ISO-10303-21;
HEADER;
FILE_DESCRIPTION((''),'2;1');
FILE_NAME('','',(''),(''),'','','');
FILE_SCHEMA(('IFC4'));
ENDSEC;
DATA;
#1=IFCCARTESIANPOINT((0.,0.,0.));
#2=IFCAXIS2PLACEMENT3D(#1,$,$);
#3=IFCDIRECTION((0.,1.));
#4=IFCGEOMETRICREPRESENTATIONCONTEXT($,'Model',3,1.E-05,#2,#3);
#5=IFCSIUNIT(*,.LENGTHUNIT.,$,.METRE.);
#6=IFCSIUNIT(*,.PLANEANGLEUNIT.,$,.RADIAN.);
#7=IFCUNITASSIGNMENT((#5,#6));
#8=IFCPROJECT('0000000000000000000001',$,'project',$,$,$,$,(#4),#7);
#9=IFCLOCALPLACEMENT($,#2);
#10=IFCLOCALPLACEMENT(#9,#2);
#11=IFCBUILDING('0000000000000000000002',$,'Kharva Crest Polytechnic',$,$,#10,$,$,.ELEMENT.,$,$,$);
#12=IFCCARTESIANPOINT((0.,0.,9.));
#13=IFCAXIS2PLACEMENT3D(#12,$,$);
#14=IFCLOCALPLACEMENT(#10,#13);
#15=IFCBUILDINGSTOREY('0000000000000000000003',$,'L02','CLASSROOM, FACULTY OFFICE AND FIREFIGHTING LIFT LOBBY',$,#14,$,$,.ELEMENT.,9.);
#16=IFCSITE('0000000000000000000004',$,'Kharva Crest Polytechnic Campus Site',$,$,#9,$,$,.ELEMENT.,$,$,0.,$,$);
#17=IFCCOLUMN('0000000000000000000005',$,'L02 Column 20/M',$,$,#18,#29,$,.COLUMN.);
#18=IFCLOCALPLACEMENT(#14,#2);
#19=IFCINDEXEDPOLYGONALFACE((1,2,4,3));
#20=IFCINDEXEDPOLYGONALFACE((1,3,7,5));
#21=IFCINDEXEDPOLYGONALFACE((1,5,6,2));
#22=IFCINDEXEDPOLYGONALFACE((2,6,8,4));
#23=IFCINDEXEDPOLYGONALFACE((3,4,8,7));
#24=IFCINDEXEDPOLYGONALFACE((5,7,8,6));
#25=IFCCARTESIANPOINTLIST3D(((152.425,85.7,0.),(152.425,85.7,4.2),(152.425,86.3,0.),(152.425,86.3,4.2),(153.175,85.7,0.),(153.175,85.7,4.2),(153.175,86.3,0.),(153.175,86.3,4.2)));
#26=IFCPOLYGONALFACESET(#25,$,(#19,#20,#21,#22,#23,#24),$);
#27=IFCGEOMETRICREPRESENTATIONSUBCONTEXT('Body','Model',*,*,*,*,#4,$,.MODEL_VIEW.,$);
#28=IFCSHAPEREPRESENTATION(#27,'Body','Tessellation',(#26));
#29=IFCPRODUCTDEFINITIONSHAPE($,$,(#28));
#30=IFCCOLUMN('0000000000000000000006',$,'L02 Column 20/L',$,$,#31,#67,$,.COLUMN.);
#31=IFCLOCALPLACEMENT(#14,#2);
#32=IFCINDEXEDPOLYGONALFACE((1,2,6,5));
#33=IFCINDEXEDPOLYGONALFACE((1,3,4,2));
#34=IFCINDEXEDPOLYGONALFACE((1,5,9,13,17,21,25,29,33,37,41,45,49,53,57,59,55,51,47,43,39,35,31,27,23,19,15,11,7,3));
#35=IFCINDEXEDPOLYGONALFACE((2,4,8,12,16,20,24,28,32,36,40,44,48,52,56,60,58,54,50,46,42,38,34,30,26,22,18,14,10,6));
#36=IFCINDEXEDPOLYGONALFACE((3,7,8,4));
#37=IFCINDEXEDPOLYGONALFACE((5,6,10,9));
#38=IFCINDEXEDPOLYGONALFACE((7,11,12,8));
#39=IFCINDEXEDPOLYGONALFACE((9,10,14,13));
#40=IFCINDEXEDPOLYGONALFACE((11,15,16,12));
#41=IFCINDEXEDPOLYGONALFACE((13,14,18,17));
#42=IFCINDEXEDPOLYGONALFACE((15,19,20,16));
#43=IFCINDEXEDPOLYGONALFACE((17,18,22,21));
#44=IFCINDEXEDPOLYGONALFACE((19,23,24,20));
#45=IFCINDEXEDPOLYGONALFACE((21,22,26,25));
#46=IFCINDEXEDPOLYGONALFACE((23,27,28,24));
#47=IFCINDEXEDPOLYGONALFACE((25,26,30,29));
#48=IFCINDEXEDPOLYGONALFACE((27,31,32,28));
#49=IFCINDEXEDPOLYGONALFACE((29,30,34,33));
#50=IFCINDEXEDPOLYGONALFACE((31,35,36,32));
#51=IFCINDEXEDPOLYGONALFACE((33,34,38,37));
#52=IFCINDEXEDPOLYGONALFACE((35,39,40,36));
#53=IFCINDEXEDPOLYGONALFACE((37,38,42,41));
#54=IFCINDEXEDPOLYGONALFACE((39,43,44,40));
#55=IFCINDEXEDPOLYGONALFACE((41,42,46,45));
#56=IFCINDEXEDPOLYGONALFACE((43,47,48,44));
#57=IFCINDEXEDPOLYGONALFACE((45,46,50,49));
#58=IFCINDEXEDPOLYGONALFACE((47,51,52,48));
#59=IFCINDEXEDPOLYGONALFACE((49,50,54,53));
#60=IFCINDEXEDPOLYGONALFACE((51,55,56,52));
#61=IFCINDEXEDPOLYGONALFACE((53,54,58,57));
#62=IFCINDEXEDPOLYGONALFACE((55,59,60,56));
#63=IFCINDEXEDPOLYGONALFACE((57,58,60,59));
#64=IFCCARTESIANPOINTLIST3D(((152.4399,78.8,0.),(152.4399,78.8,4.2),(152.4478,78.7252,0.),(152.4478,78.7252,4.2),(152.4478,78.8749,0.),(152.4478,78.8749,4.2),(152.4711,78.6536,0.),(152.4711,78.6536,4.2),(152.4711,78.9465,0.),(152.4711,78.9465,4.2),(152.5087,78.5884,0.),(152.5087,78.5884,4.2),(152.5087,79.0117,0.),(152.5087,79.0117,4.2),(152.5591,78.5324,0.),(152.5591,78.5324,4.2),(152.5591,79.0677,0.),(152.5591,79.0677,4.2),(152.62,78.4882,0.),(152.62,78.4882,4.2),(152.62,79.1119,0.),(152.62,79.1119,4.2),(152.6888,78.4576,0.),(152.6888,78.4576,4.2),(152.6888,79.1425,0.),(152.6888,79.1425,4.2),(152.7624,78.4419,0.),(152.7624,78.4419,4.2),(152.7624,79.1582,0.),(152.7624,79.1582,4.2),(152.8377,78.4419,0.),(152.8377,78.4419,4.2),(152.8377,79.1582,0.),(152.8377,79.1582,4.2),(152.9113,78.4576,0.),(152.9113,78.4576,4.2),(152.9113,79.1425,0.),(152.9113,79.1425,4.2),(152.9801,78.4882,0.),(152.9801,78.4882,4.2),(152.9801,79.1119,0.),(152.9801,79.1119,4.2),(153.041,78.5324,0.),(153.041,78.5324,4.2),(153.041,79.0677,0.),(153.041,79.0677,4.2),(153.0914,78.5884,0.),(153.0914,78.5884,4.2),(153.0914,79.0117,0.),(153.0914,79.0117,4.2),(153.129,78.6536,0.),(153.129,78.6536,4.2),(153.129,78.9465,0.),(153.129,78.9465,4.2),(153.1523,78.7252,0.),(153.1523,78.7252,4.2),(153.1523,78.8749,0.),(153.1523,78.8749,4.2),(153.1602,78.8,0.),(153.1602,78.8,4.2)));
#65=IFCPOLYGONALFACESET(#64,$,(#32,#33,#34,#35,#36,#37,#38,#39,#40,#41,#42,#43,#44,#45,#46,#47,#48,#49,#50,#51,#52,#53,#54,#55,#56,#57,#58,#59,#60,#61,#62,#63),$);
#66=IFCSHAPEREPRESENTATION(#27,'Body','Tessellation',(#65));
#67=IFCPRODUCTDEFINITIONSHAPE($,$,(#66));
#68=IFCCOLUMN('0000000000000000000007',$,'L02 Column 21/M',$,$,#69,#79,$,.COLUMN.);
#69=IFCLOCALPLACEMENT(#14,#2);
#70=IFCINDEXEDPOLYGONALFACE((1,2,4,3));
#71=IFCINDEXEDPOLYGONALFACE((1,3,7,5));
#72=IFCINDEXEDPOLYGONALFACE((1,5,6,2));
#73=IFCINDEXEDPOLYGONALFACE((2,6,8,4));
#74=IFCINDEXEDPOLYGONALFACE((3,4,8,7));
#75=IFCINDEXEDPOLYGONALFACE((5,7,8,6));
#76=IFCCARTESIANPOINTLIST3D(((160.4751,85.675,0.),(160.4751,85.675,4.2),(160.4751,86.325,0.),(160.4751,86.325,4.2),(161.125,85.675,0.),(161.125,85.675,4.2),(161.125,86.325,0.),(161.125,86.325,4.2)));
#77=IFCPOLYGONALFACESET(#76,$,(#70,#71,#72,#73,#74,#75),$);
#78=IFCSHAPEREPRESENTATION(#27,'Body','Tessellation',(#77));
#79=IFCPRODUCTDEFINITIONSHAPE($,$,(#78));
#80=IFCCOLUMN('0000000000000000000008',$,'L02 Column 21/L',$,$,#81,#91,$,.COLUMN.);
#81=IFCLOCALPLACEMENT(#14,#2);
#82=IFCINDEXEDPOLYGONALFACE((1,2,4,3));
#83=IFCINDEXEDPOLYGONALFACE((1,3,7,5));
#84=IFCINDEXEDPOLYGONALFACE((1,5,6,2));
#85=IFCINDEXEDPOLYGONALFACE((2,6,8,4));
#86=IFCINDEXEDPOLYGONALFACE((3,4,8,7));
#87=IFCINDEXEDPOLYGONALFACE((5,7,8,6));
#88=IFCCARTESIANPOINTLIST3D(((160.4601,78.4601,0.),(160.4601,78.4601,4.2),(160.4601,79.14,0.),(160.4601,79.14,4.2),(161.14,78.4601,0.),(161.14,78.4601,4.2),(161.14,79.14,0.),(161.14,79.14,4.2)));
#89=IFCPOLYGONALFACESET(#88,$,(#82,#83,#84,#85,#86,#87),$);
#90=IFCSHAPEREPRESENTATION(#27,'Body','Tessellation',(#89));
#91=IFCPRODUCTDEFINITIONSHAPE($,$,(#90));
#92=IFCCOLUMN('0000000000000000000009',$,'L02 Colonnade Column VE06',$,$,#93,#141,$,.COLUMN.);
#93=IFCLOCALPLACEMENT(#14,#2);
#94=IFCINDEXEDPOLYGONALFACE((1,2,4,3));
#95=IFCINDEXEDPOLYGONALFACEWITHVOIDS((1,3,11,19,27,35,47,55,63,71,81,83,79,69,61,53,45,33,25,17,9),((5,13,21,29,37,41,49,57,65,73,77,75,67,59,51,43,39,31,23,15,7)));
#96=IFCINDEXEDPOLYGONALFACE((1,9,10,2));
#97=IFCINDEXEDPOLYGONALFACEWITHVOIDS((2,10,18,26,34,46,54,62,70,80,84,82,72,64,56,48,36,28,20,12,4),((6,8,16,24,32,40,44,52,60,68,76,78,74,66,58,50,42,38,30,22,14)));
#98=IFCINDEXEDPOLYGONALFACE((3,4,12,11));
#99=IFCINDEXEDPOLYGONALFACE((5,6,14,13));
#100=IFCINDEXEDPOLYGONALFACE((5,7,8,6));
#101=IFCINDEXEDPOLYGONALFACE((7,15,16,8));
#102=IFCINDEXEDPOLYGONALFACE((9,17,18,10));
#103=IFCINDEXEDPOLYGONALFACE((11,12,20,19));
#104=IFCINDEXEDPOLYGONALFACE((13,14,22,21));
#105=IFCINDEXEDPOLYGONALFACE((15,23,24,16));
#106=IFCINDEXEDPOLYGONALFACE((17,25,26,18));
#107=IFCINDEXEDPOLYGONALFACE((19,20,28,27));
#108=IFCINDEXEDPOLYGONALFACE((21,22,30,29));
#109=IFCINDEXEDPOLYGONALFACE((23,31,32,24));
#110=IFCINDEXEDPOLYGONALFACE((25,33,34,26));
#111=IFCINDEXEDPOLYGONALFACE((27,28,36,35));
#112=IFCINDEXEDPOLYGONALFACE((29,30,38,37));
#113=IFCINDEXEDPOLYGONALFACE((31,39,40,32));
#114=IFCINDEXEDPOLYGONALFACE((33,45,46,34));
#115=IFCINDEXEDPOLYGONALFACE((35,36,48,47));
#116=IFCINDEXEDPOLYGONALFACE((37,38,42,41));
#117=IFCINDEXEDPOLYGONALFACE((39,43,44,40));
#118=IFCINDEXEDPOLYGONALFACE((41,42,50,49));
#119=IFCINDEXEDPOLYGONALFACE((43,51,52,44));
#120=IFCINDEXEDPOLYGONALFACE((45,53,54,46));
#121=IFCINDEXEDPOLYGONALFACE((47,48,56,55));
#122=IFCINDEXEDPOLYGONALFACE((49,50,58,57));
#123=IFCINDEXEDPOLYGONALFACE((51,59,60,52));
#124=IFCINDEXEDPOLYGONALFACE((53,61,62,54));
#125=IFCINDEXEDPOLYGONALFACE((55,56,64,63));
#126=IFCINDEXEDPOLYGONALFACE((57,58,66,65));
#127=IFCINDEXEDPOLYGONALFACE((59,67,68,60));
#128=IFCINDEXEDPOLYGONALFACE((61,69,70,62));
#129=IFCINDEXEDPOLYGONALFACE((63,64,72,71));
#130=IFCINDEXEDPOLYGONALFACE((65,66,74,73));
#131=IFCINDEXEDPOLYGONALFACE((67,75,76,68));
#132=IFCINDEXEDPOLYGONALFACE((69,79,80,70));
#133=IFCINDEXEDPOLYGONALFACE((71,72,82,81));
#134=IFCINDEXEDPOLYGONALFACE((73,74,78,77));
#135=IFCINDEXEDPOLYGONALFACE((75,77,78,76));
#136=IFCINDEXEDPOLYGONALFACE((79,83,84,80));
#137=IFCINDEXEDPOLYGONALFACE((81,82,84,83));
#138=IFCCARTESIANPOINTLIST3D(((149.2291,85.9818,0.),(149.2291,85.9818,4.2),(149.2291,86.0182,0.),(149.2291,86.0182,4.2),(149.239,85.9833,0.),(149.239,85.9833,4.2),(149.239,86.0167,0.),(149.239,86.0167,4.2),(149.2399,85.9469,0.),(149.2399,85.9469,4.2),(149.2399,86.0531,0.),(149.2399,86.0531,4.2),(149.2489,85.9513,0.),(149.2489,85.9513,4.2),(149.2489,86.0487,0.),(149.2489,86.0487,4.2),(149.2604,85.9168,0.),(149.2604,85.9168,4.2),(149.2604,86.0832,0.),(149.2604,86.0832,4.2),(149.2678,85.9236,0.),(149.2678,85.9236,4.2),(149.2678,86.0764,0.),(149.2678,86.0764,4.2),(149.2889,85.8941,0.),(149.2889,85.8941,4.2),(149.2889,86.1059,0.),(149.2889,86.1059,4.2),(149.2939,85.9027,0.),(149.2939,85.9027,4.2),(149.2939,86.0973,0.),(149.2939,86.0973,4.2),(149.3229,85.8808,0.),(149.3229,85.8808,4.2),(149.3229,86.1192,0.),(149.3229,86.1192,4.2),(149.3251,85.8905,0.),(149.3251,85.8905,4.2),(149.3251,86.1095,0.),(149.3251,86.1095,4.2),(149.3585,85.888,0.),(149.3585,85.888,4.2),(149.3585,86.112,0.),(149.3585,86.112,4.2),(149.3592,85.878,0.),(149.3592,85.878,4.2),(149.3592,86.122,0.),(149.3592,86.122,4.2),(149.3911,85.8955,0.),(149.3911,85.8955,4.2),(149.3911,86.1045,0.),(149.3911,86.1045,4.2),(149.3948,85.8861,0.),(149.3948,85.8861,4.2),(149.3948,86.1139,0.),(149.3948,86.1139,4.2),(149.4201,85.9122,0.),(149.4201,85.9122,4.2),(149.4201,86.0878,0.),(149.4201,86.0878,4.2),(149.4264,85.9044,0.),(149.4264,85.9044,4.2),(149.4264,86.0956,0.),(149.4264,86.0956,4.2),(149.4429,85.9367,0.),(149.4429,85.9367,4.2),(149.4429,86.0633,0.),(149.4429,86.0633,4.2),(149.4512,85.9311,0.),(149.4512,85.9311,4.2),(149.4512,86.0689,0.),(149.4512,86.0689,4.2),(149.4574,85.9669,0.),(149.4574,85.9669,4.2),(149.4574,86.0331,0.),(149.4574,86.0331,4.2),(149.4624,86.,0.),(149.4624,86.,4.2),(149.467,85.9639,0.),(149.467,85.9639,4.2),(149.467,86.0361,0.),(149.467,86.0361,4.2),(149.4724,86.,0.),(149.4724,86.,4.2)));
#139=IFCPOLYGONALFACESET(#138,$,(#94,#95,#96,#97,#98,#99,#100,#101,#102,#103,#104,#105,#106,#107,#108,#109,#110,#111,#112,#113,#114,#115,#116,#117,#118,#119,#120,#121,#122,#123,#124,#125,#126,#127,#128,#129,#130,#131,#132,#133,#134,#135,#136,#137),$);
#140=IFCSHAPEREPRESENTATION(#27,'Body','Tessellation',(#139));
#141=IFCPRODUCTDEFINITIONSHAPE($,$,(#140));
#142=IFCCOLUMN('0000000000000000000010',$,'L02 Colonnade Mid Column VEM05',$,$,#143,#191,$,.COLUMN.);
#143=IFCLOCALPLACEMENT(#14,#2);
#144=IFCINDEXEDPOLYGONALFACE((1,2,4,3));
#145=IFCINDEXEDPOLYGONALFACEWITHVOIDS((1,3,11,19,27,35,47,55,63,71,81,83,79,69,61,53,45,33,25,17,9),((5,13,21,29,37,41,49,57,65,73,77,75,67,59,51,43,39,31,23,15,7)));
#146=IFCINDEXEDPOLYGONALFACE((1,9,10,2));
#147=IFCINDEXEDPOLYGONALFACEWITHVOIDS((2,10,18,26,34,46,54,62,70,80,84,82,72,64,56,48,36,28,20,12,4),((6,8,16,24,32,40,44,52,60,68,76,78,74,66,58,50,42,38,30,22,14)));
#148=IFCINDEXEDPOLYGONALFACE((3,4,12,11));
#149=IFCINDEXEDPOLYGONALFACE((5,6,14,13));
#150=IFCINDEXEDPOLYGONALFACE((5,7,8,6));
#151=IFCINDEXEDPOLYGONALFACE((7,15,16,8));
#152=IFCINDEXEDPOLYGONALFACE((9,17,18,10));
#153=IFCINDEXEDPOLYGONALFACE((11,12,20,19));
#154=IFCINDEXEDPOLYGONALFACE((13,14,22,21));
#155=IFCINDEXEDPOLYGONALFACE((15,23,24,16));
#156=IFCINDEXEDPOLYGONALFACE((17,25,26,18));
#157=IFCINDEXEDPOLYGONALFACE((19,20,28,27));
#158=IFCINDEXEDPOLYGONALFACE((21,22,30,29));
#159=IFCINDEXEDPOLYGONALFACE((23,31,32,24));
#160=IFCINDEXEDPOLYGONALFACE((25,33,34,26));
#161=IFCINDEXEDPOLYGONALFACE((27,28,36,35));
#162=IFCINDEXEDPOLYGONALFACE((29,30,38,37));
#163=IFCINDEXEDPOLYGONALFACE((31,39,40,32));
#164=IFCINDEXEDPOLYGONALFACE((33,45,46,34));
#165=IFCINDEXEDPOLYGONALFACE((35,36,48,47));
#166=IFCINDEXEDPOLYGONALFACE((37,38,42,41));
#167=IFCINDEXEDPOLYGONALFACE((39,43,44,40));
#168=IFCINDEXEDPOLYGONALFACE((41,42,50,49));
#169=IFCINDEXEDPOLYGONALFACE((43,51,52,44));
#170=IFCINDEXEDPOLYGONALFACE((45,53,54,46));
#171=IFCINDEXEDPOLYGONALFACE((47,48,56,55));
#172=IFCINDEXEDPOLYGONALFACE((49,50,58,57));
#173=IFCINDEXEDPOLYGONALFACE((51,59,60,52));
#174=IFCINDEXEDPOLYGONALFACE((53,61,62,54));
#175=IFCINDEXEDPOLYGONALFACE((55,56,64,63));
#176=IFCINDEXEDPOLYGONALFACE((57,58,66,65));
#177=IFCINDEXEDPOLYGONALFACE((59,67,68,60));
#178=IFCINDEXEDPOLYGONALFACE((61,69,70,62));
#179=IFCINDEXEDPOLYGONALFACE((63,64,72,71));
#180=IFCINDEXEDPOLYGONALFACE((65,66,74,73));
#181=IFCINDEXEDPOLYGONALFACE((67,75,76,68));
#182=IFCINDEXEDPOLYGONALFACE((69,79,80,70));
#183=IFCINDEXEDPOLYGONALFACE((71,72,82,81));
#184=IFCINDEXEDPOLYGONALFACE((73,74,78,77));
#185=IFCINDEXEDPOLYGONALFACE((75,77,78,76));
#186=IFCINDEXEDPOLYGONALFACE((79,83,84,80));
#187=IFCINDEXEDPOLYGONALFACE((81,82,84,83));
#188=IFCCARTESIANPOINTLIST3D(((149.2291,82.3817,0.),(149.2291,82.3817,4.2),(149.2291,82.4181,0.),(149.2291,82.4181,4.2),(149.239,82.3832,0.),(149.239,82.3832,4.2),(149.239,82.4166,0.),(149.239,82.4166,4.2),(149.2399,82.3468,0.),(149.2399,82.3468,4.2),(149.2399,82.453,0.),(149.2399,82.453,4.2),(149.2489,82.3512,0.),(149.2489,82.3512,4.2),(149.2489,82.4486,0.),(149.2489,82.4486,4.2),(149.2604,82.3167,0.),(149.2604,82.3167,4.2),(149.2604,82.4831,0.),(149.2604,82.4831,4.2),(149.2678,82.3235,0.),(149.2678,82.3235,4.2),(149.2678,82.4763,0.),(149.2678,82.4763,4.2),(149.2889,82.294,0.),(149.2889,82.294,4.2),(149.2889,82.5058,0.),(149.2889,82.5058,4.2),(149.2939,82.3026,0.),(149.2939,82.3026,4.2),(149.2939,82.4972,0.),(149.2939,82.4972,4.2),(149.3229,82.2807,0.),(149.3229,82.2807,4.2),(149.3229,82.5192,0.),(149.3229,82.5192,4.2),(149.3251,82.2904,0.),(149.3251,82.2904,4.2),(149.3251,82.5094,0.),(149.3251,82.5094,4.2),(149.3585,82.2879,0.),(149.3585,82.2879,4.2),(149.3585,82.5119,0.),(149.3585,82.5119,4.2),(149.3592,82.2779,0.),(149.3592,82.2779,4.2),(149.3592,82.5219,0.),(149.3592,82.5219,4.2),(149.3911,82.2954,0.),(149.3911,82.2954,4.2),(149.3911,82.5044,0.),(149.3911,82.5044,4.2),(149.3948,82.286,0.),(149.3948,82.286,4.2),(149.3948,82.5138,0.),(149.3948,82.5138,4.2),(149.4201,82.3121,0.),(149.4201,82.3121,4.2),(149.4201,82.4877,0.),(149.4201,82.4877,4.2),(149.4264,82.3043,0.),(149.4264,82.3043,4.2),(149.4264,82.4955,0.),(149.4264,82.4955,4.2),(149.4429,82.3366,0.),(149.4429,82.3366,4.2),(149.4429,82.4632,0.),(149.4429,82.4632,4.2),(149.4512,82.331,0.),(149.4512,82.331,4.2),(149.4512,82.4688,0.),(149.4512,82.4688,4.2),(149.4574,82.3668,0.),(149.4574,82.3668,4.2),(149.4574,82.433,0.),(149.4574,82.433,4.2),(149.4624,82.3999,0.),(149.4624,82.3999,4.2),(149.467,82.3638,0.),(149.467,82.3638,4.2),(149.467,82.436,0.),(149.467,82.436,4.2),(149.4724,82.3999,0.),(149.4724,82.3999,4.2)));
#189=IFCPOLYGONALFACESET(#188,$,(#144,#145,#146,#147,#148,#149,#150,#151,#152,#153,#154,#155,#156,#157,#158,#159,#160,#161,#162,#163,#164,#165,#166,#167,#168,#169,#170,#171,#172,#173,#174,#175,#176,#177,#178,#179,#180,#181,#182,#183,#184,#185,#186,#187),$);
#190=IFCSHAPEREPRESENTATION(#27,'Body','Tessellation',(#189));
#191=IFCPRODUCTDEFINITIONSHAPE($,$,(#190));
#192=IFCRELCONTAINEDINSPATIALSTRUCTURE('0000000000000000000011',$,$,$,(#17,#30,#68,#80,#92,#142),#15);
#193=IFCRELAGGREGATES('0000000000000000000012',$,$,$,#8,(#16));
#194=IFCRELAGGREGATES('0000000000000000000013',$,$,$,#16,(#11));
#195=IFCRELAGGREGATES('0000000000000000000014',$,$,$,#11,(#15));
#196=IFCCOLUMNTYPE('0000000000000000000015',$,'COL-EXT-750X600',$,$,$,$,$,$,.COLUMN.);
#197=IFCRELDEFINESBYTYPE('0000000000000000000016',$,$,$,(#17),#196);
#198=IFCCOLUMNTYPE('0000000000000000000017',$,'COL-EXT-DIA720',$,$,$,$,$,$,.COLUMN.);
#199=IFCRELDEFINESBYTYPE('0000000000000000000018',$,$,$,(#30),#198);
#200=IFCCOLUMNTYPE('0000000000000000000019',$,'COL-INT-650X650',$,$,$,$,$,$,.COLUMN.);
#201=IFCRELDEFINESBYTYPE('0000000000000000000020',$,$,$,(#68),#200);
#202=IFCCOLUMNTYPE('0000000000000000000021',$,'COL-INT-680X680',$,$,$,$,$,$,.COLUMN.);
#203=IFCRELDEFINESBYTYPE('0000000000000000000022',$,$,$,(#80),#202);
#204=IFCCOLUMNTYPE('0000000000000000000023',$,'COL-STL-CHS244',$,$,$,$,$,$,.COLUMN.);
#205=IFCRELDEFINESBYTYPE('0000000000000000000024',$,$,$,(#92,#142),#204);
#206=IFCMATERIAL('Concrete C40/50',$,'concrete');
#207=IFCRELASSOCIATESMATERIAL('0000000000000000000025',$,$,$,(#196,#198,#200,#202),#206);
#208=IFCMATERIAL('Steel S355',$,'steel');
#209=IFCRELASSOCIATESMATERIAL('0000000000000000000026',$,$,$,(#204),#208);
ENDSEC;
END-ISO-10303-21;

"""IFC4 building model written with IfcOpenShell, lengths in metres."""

from ifc_helpers import new_model, si_unit, direction, frame, origin, origin_2d, place, context, subcontext, project, spatial, rectangle, circle, hollow_circle, extrude, material, material_profile, profile_set, type_object, element, save


model = new_model("IFC4")

# Units and contexts
model_context = context("Model", 3, precision=1e-05, world=origin(), true_north=direction((0.0, 1.0)))
body_context = subcontext(model_context, "Body", "Model", "MODEL_VIEW")
ifc_project = project(units=[si_unit("LENGTHUNIT", "METRE"), si_unit("PLANEANGLEUNIT", "RADIAN")], contexts=[model_context])

# Site, building, storey
site_placement = place(None, origin())
site = spatial("IfcSite", under=ifc_project, at=site_placement, Name="Kharva Crest Polytechnic Campus Site", CompositionType="ELEMENT", RefElevation=0.0)
building_placement = place(site_placement, origin())
building = spatial("IfcBuilding", under=site, at=building_placement, Name="Kharva Crest Polytechnic", CompositionType="ELEMENT")
storey_placement = place(building_placement, frame((0.0, 0.0, 9.0)))
storey = spatial("IfcBuildingStorey", under=building, at=storey_placement, Name="L02", Description="CLASSROOM, FACULTY OFFICE AND FIREFIGHTING LIFT LOBBY", CompositionType="ELEMENT", Elevation=9.0)

# Columns
ifc_material_1 = material(Name="Concrete C40/50", Category="concrete")
ifc_material_profile_1 = material_profile(ifc_material_1, rectangle(XDim=0.75, YDim=0.6001, at=origin_2d()), Name="RECT 750 X 600")
ifc_profile_set_1 = profile_set([ifc_material_profile_1], Name="Concrete C40/50")
column_type_1 = type_object("IfcColumnType", Name="COL-EXT-750X600", PredefinedType="COLUMN", material=ifc_profile_set_1)
column_1_placement = place(storey_placement, frame((152.8, 86.0, 0.0), z_axis=(0.0, 0.0, 1.0), x_axis=(1.0, 0.0, 0.0)))
element("IfcColumn", 1, at=column_1_placement, inside=storey, type_object=column_type_1, Name="L02 Column 20/M", PredefinedType="COLUMN", context=body_context, shape_type="SweptSolid", body=[
    extrude(rectangle(XDim=0.75, YDim=0.6001, at=origin_2d()), origin(), (0.0, 0.0, 1.0), 4.2),
])
ifc_material_profile_2 = material_profile(ifc_material_1, circle(Radius=0.3601, at=origin_2d()), Name="DIA 720")
ifc_profile_set_2 = profile_set([ifc_material_profile_2], Name="Concrete C40/50")
column_type_2 = type_object("IfcColumnType", Name="COL-EXT-DIA720", PredefinedType="COLUMN", material=ifc_profile_set_2)
column_2_placement = place(storey_placement, frame((152.8, 78.8, 0.0), z_axis=(0.0, 0.0, 1.0), x_axis=(1.0, 0.0, 0.0)))
element("IfcColumn", 2, at=column_2_placement, inside=storey, type_object=column_type_2, Name="L02 Column 20/L", PredefinedType="COLUMN", context=body_context, shape_type="SweptSolid", body=[
    extrude(circle(Radius=0.3601, at=origin_2d()), origin(), (0.0, 0.0, 1.0), 4.2),
])
ifc_material_profile_3 = material_profile(ifc_material_1, rectangle(XDim=0.6499, YDim=0.6499, at=origin_2d()), Name="RECT 650 X 650")
ifc_profile_set_3 = profile_set([ifc_material_profile_3], Name="Concrete C40/50")
column_type_3 = type_object("IfcColumnType", Name="COL-INT-650X650", PredefinedType="COLUMN", material=ifc_profile_set_3)
column_3_placement = place(storey_placement, frame((160.8, 86.0, 0.0), z_axis=(0.0, 0.0, 1.0), x_axis=(1.0, 0.0, 0.0)))
element("IfcColumn", 3, at=column_3_placement, inside=storey, type_object=column_type_3, Name="L02 Column 21/M", PredefinedType="COLUMN", context=body_context, shape_type="SweptSolid", body=[
    extrude(rectangle(XDim=0.6499, YDim=0.6499, at=origin_2d()), origin(), (0.0, 0.0, 1.0), 4.2),
])
ifc_material_profile_4 = material_profile(ifc_material_1, rectangle(XDim=0.6799, YDim=0.6799, at=origin_2d()), Name="RECT 680 X 680")
ifc_profile_set_4 = profile_set([ifc_material_profile_4], Name="Concrete C40/50")
column_type_4 = type_object("IfcColumnType", Name="COL-INT-680X680", PredefinedType="COLUMN", material=ifc_profile_set_4)
column_4_placement = place(storey_placement, frame((160.8, 78.8, 0.0), z_axis=(0.0, 0.0, 1.0), x_axis=(1.0, 0.0, 0.0)))
element("IfcColumn", 4, at=column_4_placement, inside=storey, type_object=column_type_4, Name="L02 Column 21/L", PredefinedType="COLUMN", context=body_context, shape_type="SweptSolid", body=[
    extrude(rectangle(XDim=0.6799, YDim=0.6799, at=origin_2d()), origin(), (0.0, 0.0, 1.0), 4.2),
])
ifc_material_2 = material(Name="Steel S355", Category="steel")
ifc_material_profile_5 = material_profile(ifc_material_2, hollow_circle(Radius=0.1223, WallThickness=0.01, at=origin_2d()), Name="CHS 244.5X10.0")
ifc_profile_set_5 = profile_set([ifc_material_profile_5], Name="Steel S355")
column_type_5 = type_object("IfcColumnType", Name="COL-STL-CHS244", PredefinedType="COLUMN", material=ifc_profile_set_5)
for number, where, z_axis, x_axis, name in (
    (5, (149.3501, 86.0, 0.0), (0.0, 0.0, 1.0), (1.0, 0.0, 0.0), "L02 Colonnade Column VE06"),
    (6, (149.3501, 82.3999, 0.0), (0.0, 0.0, 1.0), (1.0, 0.0, 0.0), "L02 Colonnade Mid Column VEM05"),
):
    element("IfcColumn", number, at=place(storey_placement, frame(where, z_axis=z_axis, x_axis=x_axis)), inside=storey, type_object=column_type_5, Name=name, PredefinedType="COLUMN", context=body_context, shape_type="SweptSolid", body=[
        extrude(hollow_circle(Radius=0.1223, WallThickness=0.01, at=origin_2d()), origin(), (0.0, 0.0, 1.0), 4.2),
    ])

save(model, "model.ifc")
